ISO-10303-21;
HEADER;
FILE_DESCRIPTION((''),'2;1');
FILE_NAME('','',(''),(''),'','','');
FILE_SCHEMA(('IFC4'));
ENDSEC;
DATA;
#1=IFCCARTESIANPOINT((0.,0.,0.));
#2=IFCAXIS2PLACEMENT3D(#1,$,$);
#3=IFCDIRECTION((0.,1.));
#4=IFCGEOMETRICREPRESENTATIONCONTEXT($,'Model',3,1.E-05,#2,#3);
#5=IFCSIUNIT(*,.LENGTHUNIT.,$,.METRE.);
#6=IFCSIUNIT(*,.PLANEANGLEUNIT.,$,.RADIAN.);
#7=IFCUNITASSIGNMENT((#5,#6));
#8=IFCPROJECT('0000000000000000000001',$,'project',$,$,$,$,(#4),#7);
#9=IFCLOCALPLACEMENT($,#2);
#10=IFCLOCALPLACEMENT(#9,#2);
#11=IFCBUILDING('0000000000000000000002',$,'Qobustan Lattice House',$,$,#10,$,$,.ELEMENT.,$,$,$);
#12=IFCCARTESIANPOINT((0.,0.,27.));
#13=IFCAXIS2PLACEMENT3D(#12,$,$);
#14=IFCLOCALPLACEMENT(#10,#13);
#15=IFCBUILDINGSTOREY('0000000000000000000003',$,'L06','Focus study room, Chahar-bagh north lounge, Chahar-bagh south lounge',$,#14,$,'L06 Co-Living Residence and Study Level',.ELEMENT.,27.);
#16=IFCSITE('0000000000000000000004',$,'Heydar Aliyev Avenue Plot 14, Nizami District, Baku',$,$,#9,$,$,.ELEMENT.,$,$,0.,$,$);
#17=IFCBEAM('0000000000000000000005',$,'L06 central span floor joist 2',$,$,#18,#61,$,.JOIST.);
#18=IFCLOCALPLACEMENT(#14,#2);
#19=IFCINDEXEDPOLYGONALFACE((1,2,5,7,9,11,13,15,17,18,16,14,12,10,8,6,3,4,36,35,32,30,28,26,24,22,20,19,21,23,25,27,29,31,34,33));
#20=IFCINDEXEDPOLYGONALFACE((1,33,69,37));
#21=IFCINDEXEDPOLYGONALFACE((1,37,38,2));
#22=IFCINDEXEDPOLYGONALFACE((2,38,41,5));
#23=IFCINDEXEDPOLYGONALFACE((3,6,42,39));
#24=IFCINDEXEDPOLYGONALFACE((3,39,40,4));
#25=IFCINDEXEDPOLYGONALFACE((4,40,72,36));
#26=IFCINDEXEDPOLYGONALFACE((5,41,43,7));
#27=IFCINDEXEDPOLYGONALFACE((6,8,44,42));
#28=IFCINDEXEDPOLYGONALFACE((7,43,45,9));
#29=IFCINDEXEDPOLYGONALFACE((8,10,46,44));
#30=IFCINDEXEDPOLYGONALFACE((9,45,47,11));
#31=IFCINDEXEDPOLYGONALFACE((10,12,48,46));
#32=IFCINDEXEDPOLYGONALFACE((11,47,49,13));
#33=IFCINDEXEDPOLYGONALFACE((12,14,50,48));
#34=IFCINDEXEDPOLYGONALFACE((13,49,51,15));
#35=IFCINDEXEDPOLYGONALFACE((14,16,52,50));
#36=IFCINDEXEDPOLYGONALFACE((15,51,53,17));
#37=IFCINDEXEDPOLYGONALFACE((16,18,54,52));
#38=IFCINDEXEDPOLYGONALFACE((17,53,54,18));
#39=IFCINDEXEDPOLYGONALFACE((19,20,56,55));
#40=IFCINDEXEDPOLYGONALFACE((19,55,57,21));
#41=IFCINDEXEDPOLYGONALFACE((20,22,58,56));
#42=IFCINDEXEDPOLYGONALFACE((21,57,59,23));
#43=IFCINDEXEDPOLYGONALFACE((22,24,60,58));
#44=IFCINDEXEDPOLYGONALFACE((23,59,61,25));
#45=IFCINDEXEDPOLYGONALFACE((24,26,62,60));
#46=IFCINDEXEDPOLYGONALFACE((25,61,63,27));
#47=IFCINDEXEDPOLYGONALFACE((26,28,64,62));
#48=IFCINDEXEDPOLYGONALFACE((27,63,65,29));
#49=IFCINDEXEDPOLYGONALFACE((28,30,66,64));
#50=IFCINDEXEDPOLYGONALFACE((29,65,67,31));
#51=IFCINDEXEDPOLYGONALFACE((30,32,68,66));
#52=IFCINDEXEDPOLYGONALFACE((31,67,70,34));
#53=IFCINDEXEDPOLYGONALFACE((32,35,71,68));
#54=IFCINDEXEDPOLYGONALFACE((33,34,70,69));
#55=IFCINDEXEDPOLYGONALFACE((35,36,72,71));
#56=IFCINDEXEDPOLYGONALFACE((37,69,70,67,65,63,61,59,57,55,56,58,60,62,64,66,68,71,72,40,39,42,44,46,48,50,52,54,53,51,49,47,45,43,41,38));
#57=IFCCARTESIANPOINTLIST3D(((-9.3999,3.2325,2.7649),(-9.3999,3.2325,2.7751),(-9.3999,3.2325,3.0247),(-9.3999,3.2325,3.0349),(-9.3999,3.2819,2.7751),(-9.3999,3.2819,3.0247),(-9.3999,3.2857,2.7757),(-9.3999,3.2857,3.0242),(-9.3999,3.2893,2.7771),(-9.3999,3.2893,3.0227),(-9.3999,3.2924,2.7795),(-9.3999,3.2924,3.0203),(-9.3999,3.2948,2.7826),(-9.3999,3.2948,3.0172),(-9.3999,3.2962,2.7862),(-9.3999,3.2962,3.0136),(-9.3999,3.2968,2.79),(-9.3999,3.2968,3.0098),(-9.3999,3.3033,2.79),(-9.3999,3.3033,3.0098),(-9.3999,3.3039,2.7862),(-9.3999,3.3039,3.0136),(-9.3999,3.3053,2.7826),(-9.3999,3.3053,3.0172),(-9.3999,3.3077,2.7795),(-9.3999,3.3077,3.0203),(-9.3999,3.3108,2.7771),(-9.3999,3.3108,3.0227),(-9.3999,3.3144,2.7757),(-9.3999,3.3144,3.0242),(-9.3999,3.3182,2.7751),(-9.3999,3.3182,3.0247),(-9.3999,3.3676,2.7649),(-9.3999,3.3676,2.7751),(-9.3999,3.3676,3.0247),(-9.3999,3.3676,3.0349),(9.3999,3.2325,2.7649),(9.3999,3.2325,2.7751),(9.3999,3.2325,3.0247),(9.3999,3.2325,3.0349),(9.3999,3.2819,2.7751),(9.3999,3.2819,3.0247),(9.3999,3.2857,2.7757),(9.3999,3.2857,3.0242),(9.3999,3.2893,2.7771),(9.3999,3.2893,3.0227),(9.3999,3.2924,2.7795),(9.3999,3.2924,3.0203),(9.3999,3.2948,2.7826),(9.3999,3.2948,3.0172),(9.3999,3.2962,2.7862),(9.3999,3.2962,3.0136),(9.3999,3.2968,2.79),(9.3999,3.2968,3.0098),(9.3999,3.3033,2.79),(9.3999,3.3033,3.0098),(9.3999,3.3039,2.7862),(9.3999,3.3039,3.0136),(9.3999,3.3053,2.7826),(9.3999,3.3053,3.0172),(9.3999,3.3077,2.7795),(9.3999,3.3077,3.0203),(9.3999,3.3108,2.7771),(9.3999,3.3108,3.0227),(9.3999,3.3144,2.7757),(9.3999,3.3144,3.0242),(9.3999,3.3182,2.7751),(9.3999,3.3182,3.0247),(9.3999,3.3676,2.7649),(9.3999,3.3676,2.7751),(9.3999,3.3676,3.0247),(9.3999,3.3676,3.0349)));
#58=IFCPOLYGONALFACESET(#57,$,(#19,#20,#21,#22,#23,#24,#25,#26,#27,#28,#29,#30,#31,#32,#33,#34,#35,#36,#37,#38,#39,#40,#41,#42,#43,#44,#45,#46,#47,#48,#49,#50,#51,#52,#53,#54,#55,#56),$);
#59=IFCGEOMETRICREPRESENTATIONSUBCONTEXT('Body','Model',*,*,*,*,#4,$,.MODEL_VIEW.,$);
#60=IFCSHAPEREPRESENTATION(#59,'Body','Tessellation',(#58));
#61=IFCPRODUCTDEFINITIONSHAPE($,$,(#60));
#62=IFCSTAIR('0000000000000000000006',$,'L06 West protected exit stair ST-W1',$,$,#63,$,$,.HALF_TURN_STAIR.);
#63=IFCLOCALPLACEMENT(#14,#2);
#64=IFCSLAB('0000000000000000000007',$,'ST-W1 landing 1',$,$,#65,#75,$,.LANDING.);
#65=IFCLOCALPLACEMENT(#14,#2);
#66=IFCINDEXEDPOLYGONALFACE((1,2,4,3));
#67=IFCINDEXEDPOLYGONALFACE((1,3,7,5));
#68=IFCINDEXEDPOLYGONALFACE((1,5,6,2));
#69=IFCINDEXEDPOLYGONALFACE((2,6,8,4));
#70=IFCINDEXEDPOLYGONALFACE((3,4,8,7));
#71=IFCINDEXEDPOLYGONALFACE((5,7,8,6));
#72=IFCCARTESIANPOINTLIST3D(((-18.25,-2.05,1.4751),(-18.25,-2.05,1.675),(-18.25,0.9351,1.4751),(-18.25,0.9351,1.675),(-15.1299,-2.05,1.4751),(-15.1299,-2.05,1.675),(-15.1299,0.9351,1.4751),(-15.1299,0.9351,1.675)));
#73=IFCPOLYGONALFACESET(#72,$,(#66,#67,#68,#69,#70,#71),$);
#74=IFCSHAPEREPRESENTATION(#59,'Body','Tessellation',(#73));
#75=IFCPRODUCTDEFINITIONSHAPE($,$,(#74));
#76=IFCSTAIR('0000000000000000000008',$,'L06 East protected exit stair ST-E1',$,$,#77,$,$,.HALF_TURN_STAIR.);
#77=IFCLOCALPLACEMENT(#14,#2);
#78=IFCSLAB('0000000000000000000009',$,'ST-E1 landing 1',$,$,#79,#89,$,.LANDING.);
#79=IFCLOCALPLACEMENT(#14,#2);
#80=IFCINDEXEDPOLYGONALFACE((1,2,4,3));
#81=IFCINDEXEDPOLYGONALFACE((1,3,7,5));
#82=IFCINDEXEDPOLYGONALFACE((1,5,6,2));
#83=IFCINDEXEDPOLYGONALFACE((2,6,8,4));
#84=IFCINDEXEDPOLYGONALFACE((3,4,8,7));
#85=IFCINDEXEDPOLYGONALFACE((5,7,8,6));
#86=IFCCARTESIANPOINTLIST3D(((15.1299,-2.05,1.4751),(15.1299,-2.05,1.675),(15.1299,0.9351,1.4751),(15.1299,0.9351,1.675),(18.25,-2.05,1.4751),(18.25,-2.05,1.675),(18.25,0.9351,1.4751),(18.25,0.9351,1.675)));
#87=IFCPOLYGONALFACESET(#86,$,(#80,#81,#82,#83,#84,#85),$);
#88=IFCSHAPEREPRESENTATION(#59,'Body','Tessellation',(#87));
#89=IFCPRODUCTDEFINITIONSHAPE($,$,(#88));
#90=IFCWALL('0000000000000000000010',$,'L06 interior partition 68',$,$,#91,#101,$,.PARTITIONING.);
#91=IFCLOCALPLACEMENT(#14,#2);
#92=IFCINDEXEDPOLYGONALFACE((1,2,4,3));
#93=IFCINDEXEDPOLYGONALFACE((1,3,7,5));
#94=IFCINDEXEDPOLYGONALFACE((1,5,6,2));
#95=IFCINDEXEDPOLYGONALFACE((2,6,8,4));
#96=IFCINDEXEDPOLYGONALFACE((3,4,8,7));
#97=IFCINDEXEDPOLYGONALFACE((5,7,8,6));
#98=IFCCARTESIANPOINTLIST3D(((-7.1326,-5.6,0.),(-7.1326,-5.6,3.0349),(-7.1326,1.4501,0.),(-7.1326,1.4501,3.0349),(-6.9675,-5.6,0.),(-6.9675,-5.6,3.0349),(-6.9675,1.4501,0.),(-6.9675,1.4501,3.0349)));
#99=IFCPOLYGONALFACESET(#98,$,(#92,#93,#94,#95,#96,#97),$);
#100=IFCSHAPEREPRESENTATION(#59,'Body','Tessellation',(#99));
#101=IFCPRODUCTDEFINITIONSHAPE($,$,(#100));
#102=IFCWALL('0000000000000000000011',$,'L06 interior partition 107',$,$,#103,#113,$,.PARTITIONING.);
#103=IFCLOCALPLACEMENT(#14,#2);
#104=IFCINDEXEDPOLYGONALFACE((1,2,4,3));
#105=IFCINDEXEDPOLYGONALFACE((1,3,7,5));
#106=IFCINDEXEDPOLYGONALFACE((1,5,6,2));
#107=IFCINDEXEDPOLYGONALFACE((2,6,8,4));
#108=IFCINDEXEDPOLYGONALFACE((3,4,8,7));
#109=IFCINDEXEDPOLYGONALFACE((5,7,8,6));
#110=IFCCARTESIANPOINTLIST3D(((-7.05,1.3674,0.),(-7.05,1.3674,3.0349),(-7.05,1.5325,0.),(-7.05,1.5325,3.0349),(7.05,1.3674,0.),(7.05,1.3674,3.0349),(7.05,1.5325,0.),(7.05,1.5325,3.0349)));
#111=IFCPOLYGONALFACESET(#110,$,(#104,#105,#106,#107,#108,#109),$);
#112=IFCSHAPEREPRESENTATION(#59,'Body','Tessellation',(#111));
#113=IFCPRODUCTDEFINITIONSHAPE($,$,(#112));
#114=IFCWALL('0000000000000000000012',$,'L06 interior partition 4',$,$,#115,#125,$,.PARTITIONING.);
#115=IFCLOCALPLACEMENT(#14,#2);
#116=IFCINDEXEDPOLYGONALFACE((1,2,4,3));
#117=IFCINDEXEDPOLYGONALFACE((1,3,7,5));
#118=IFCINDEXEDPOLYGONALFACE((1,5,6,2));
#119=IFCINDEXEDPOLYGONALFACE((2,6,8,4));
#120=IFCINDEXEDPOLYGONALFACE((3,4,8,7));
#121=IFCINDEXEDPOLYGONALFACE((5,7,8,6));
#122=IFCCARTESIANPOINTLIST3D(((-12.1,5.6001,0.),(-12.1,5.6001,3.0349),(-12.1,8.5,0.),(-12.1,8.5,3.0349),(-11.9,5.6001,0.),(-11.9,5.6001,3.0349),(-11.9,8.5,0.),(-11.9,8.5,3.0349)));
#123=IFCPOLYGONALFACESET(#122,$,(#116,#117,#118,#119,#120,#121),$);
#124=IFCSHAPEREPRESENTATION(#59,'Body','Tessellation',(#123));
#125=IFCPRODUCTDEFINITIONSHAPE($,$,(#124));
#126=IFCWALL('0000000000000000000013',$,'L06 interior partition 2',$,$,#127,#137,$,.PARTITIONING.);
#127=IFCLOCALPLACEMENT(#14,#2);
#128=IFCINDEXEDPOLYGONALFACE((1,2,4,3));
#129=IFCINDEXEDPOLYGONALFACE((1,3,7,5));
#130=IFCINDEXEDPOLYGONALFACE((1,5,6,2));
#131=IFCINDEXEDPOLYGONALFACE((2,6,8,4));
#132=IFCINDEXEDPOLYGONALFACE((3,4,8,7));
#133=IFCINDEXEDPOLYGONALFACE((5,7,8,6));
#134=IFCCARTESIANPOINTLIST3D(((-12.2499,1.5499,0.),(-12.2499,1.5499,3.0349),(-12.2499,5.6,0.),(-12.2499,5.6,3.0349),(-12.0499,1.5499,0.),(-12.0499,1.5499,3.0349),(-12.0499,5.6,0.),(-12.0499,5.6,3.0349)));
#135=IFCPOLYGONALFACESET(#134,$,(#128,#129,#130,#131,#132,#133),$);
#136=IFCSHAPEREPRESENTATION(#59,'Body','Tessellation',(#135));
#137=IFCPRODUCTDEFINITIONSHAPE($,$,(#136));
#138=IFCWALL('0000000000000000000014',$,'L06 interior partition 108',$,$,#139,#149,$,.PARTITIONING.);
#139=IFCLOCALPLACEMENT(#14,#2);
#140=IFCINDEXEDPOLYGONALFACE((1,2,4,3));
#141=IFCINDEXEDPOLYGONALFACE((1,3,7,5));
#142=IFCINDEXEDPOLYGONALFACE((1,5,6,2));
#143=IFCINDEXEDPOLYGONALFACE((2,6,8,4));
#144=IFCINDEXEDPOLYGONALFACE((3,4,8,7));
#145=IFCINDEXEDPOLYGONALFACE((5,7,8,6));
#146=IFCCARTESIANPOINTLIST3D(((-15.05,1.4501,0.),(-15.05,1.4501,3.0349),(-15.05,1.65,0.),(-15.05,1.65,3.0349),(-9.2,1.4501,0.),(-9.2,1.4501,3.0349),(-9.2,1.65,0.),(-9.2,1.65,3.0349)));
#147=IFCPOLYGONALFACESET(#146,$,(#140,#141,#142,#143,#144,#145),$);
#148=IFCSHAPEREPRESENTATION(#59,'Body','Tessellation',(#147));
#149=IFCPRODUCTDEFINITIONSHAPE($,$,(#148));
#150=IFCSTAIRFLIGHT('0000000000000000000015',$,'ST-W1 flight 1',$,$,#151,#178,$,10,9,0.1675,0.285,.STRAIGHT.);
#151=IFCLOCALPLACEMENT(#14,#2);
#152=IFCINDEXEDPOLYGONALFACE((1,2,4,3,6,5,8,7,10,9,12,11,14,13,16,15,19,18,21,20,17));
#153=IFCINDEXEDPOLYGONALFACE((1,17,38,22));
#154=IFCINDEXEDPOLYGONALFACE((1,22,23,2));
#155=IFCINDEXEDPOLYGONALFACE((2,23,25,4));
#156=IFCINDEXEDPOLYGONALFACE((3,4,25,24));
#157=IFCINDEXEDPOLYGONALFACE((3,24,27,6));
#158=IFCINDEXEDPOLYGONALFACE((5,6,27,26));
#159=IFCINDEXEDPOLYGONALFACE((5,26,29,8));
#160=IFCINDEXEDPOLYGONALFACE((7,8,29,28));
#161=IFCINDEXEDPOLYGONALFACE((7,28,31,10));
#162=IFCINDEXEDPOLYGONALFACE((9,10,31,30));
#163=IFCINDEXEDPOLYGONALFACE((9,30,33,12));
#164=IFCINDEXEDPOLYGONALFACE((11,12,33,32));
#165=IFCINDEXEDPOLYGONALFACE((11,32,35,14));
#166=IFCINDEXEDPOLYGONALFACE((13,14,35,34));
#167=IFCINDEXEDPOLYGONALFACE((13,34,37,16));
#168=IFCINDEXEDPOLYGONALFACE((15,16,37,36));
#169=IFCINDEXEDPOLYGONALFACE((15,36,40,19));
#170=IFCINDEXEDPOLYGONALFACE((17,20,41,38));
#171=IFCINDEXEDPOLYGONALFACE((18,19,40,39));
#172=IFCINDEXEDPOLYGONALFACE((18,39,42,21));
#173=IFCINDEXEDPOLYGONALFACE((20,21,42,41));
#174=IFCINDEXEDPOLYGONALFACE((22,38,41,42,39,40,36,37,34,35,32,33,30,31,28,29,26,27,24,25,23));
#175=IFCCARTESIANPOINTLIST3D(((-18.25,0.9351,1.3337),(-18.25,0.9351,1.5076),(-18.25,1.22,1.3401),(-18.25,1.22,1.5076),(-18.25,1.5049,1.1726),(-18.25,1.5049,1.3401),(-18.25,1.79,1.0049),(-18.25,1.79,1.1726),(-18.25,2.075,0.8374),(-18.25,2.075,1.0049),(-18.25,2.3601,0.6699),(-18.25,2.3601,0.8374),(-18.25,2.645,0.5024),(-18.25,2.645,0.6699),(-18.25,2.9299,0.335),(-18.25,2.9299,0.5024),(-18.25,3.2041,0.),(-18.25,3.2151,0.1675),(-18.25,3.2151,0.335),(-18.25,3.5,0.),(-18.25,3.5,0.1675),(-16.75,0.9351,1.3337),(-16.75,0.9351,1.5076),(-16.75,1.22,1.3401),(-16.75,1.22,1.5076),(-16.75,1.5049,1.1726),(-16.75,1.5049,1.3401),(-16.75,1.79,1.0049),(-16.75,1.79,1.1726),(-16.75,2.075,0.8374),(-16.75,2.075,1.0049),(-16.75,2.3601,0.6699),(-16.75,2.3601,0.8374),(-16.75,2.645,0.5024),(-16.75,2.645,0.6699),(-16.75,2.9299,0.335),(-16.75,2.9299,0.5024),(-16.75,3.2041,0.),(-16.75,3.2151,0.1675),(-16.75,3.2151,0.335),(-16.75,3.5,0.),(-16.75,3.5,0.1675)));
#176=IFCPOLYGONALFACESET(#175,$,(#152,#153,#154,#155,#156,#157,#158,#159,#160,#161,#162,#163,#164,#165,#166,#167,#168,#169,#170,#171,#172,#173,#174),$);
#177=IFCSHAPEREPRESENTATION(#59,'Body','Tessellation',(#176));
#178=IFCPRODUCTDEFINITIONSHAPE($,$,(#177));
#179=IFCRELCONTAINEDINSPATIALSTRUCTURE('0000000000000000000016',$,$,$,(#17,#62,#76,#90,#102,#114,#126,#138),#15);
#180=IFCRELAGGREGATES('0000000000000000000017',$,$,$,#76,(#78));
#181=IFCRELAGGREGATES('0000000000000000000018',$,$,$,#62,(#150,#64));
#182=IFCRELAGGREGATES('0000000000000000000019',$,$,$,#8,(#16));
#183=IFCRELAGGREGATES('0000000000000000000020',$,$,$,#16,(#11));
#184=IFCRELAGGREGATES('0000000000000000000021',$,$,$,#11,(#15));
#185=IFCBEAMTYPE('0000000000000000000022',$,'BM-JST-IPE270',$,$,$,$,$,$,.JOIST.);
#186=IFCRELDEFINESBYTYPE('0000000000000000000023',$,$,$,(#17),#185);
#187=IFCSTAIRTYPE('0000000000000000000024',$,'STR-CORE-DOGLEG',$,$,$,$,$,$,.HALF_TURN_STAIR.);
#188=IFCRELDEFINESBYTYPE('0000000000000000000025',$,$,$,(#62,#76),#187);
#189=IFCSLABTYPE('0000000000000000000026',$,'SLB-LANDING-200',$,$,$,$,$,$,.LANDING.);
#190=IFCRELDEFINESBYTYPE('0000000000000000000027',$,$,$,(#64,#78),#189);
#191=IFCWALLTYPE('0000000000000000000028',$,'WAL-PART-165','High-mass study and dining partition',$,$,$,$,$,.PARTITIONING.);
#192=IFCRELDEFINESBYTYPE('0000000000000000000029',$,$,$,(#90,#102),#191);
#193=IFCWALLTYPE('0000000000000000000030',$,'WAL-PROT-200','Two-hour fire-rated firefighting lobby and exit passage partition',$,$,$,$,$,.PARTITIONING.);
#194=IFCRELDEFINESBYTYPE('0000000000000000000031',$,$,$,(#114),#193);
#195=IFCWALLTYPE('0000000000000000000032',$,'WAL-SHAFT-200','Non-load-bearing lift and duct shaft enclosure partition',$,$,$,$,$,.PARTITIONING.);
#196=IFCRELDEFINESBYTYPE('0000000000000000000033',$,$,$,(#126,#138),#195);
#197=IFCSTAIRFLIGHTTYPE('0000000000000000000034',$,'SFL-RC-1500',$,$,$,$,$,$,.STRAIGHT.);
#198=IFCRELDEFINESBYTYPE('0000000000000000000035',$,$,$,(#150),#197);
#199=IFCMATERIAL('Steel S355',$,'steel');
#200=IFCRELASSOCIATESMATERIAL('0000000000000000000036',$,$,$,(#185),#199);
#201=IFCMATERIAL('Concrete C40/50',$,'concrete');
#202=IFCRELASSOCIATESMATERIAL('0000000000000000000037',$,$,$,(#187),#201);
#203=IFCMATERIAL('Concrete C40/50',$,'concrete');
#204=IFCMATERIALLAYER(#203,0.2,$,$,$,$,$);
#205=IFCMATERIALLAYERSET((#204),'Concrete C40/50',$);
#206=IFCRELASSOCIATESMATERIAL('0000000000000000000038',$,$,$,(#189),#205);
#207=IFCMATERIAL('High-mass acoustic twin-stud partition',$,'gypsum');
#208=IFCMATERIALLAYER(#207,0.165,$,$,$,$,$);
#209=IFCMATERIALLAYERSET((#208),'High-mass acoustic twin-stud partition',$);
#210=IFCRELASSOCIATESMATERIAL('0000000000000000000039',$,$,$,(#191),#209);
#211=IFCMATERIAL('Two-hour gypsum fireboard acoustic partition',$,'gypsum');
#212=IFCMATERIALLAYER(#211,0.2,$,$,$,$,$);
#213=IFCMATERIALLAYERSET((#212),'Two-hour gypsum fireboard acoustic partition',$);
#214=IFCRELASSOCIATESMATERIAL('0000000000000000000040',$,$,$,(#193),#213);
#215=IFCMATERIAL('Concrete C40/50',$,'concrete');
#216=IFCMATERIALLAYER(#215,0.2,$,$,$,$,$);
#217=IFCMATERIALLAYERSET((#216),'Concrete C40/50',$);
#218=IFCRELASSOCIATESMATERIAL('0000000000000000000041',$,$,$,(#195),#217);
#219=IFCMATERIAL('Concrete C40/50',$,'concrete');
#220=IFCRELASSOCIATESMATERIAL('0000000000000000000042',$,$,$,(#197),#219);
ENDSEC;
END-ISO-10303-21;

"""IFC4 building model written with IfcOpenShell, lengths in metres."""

from ifc_helpers import new_model, si_unit, direction, frame, frame_2d, origin, origin_2d, place, context, subcontext, project, spatial, polyline, rectangle, i_section, outline, extrude, material, layer, layer_set, material_profile, profile_set, type_object, element, aggregate, save


model = new_model("IFC4")

# Units and contexts
model_context = context("Model", 3, precision=1e-05, world=origin(), true_north=direction((0.0, 1.0)))
body_context = subcontext(model_context, "Body", "Model", "MODEL_VIEW")
ifc_project = project(units=[si_unit("LENGTHUNIT", "METRE"), si_unit("PLANEANGLEUNIT", "RADIAN")], contexts=[model_context])

# Site, building, storey
site_placement = place(None, origin())
site = spatial("IfcSite", under=ifc_project, at=site_placement, Name="Heydar Aliyev Avenue Plot 14, Nizami District, Baku", CompositionType="ELEMENT", RefElevation=0.0)
building_placement = place(site_placement, origin())
building = spatial("IfcBuilding", under=site, at=building_placement, Name="Qobustan Lattice House", CompositionType="ELEMENT")
storey_placement = place(building_placement, frame((0.0, 0.0, 27.0)))
storey = spatial("IfcBuildingStorey", under=building, at=storey_placement, Name="L06", Description="Focus study room, Chahar-bagh north lounge, Chahar-bagh south lounge", LongName="L06 Co-Living Residence and Study Level", CompositionType="ELEMENT", Elevation=27.0)

# Beam
ifc_material_1 = material(Name="Steel S355", Category="steel")
ifc_material_profile = material_profile(ifc_material_1, i_section(OverallWidth=0.135, OverallDepth=0.27, WebThickness=0.0066, FlangeThickness=0.0103, FilletRadius=0.0149, at=origin_2d()), Name="IPE270")
ifc_profile_set = profile_set([ifc_material_profile], Name="Steel S355")
beam_type = type_object("IfcBeamType", Name="BM-JST-IPE270", PredefinedType="JOIST", material=ifc_profile_set)
beam_placement = place(storey_placement, frame((-9.3999, 3.3, 2.8999), z_axis=(1.0, 0.0, 0.0), x_axis=(0.0, 1.0, 0.0)))
element("IfcBeam", 1, at=beam_placement, inside=storey, type_object=beam_type, Name="L06 central span floor joist 2", PredefinedType="JOIST", context=body_context, shape_type="SweptSolid", body=[
    extrude(i_section(OverallWidth=0.135, OverallDepth=0.27, WebThickness=0.0066, FlangeThickness=0.0103, FilletRadius=0.0149, at=origin_2d()), origin(), (0.0, 0.0, 1.0), 18.7998),
])

# Stairs, slabs
ifc_material_2 = material(Name="Concrete C40/50", Category="concrete")
stair_type = type_object("IfcStairType", Name="STR-CORE-DOGLEG", PredefinedType="HALF_TURN_STAIR", material=ifc_material_2)
stair_1_placement = place(storey_placement, origin())
stair_1 = element("IfcStair", 2, at=stair_1_placement, inside=storey, type_object=stair_type, Name="L06 West protected exit stair ST-W1", PredefinedType="HALF_TURN_STAIR")
ifc_material_3 = material(Name="Concrete C40/50", Category="concrete")
ifc_layer_1 = layer(ifc_material_3, 0.2)
ifc_layer_set_1 = layer_set([ifc_layer_1], Name="Concrete C40/50")
slab_type = type_object("IfcSlabType", Name="SLB-LANDING-200", PredefinedType="LANDING", material=ifc_layer_set_1)
slab_1_placement = place(storey_placement, frame((0.0, 0.0, 1.4751)))
slab_1 = element("IfcSlab", 3, at=slab_1_placement, type_object=slab_type, Name="ST-W1 landing 1", PredefinedType="LANDING", context=body_context, shape_type="SweptSolid", body=[
    extrude(outline(polyline([(-18.25, 0.9351), (-18.25, -2.05), (-15.1299, -2.05), (-15.1299, 0.9351), (-18.25, 0.9351)])), origin(), (0.0, 0.0, 1.0), 0.2),
])
stair_2_placement = place(storey_placement, origin())
stair_2 = element("IfcStair", 4, at=stair_2_placement, inside=storey, type_object=stair_type, Name="L06 East protected exit stair ST-E1", PredefinedType="HALF_TURN_STAIR")
slab_2_placement = place(storey_placement, frame((0.0, 0.0, 1.4751)))
slab_2 = element("IfcSlab", 5, at=slab_2_placement, type_object=slab_type, Name="ST-E1 landing 1", PredefinedType="LANDING", context=body_context, shape_type="SweptSolid", body=[
    extrude(outline(polyline([(15.1299, 0.9351), (15.1299, -2.05), (18.25, -2.05), (18.25, 0.9351), (15.1299, 0.9351)])), origin(), (0.0, 0.0, 1.0), 0.2),
])
aggregate(stair_2, [slab_2])

# Walls
ifc_material_4 = material(Name="High-mass acoustic twin-stud partition", Category="gypsum")
ifc_layer_2 = layer(ifc_material_4, 0.165)
ifc_layer_set_2 = layer_set([ifc_layer_2], Name="High-mass acoustic twin-stud partition")
wall_type_1 = type_object("IfcWallType", Name="WAL-PART-165", Description="High-mass study and dining partition", PredefinedType="PARTITIONING", material=ifc_layer_set_2)
wall_1_placement = place(storey_placement, frame((-7.05, 1.45, 0.0), z_axis=(0.0, 0.0, 1.0), x_axis=(0.0, -1.0, 0.0)))
element("IfcWall", 6, at=wall_1_placement, inside=storey, type_object=wall_type_1, Name="L06 interior partition 68", PredefinedType="PARTITIONING", context=body_context, shape_type="SweptSolid", body=[
    extrude(rectangle(XDim=7.05, YDim=0.165, at=frame_2d((3.5249, 0.0))), origin(), (0.0, 0.0, 1.0), 3.0349),
])
wall_2_placement = place(storey_placement, frame((-7.05, 1.45, 0.0), z_axis=(0.0, 0.0, 1.0), x_axis=(1.0, 0.0, 0.0)))
element("IfcWall", 7, at=wall_2_placement, inside=storey, type_object=wall_type_1, Name="L06 interior partition 107", PredefinedType="PARTITIONING", context=body_context, shape_type="SweptSolid", body=[
    extrude(rectangle(XDim=14.1001, YDim=0.165, at=frame_2d((7.05, 0.0))), origin(), (0.0, 0.0, 1.0), 3.0349),
])
ifc_material_5 = material(Name="Two-hour gypsum fireboard acoustic partition", Category="gypsum")
ifc_layer_3 = layer(ifc_material_5, 0.2)
ifc_layer_set_3 = layer_set([ifc_layer_3], Name="Two-hour gypsum fireboard acoustic partition")
wall_type_2 = type_object("IfcWallType", Name="WAL-PROT-200", Description="Two-hour fire-rated firefighting lobby and exit passage partition", PredefinedType="PARTITIONING", material=ifc_layer_set_3)
wall_3_placement = place(storey_placement, frame((-12.0, 5.6001, 0.0), z_axis=(0.0, 0.0, 1.0), x_axis=(0.0, 1.0, 0.0)))
element("IfcWall", 8, at=wall_3_placement, inside=storey, type_object=wall_type_2, Name="L06 interior partition 4", PredefinedType="PARTITIONING", context=body_context, shape_type="SweptSolid", body=[
    extrude(rectangle(XDim=2.8999, YDim=0.2, at=frame_2d((1.45, 0.0))), origin(), (0.0, 0.0, 1.0), 3.0349),
])
ifc_material_6 = material(Name="Concrete C40/50", Category="concrete")
ifc_layer_4 = layer(ifc_material_6, 0.2)
ifc_layer_set_4 = layer_set([ifc_layer_4], Name="Concrete C40/50")
wall_type_3 = type_object("IfcWallType", Name="WAL-SHAFT-200", Description="Non-load-bearing lift and duct shaft enclosure partition", PredefinedType="PARTITIONING", material=ifc_layer_set_4)
wall_4_placement = place(storey_placement, frame((-12.1499, 1.55, 0.0), z_axis=(0.0, 0.0, 1.0), x_axis=(0.0, 1.0, 0.0)))
element("IfcWall", 9, at=wall_4_placement, inside=storey, type_object=wall_type_3, Name="L06 interior partition 2", PredefinedType="PARTITIONING", context=body_context, shape_type="SweptSolid", body=[
    extrude(rectangle(XDim=4.05, YDim=0.2, at=frame_2d((2.0249, 0.0))), origin(), (0.0, 0.0, 1.0), 3.0349),
])
wall_5_placement = place(storey_placement, frame((-15.05, 1.55, 0.0), z_axis=(0.0, 0.0, 1.0), x_axis=(1.0, 0.0, 0.0)))
element("IfcWall", 10, at=wall_5_placement, inside=storey, type_object=wall_type_3, Name="L06 interior partition 108", PredefinedType="PARTITIONING", context=body_context, shape_type="SweptSolid", body=[
    extrude(rectangle(XDim=5.8501, YDim=0.2, at=frame_2d((2.925, 0.0))), origin(), (0.0, 0.0, 1.0), 3.0349),
])

# Stair flight
ifc_material_7 = material(Name="Concrete C40/50", Category="concrete")
stair_flight_type = type_object("IfcStairFlightType", Name="SFL-RC-1500", PredefinedType="STRAIGHT", material=ifc_material_7)
stair_flight_1_placement = place(storey_placement, frame((-17.5, 3.5, 0.0), z_axis=(0.0, 0.0, 1.0), x_axis=(0.0, -1.0, 0.0)))
stair_flight_1 = element("IfcStairFlight", 11, at=stair_flight_1_placement, type_object=stair_flight_type, Name="ST-W1 flight 1", NumberOfRisers=10, NumberOfTreads=9, PredefinedType="STRAIGHT", RiserHeight=0.1675, TreadLength=0.285, context=body_context, shape_type="SweptSolid", body=[
    extrude(outline(polyline([(0.0, 0.0), (0.0, 0.1675), (0.2849, 0.1675), (0.2849, 0.335), (0.5701, 0.335), (0.5701, 0.5024), (0.855, 0.5024), (0.855, 0.6699), (1.1399, 0.6699), (1.1399, 0.8374), (1.425, 0.8374), (1.425, 1.0049), (1.71, 1.0049), (1.71, 1.1726), (1.9951, 1.1726), (1.9951, 1.3401), (2.28, 1.3401), (2.28, 1.5076), (2.5649, 1.5076), (2.5649, 1.675), (2.5649, 1.3337), (0.2959, 0.0), (0.0, 0.0)])), frame((0.0, 0.75, 0.0), z_axis=(0.0, -1.0, 0.0), x_axis=(1.0, 0.0, 0.0)), (0.0, 0.0, 1.0), 1.5),
])
aggregate(stair_1, [stair_flight_1, slab_1])

save(model, "model.ifc")
